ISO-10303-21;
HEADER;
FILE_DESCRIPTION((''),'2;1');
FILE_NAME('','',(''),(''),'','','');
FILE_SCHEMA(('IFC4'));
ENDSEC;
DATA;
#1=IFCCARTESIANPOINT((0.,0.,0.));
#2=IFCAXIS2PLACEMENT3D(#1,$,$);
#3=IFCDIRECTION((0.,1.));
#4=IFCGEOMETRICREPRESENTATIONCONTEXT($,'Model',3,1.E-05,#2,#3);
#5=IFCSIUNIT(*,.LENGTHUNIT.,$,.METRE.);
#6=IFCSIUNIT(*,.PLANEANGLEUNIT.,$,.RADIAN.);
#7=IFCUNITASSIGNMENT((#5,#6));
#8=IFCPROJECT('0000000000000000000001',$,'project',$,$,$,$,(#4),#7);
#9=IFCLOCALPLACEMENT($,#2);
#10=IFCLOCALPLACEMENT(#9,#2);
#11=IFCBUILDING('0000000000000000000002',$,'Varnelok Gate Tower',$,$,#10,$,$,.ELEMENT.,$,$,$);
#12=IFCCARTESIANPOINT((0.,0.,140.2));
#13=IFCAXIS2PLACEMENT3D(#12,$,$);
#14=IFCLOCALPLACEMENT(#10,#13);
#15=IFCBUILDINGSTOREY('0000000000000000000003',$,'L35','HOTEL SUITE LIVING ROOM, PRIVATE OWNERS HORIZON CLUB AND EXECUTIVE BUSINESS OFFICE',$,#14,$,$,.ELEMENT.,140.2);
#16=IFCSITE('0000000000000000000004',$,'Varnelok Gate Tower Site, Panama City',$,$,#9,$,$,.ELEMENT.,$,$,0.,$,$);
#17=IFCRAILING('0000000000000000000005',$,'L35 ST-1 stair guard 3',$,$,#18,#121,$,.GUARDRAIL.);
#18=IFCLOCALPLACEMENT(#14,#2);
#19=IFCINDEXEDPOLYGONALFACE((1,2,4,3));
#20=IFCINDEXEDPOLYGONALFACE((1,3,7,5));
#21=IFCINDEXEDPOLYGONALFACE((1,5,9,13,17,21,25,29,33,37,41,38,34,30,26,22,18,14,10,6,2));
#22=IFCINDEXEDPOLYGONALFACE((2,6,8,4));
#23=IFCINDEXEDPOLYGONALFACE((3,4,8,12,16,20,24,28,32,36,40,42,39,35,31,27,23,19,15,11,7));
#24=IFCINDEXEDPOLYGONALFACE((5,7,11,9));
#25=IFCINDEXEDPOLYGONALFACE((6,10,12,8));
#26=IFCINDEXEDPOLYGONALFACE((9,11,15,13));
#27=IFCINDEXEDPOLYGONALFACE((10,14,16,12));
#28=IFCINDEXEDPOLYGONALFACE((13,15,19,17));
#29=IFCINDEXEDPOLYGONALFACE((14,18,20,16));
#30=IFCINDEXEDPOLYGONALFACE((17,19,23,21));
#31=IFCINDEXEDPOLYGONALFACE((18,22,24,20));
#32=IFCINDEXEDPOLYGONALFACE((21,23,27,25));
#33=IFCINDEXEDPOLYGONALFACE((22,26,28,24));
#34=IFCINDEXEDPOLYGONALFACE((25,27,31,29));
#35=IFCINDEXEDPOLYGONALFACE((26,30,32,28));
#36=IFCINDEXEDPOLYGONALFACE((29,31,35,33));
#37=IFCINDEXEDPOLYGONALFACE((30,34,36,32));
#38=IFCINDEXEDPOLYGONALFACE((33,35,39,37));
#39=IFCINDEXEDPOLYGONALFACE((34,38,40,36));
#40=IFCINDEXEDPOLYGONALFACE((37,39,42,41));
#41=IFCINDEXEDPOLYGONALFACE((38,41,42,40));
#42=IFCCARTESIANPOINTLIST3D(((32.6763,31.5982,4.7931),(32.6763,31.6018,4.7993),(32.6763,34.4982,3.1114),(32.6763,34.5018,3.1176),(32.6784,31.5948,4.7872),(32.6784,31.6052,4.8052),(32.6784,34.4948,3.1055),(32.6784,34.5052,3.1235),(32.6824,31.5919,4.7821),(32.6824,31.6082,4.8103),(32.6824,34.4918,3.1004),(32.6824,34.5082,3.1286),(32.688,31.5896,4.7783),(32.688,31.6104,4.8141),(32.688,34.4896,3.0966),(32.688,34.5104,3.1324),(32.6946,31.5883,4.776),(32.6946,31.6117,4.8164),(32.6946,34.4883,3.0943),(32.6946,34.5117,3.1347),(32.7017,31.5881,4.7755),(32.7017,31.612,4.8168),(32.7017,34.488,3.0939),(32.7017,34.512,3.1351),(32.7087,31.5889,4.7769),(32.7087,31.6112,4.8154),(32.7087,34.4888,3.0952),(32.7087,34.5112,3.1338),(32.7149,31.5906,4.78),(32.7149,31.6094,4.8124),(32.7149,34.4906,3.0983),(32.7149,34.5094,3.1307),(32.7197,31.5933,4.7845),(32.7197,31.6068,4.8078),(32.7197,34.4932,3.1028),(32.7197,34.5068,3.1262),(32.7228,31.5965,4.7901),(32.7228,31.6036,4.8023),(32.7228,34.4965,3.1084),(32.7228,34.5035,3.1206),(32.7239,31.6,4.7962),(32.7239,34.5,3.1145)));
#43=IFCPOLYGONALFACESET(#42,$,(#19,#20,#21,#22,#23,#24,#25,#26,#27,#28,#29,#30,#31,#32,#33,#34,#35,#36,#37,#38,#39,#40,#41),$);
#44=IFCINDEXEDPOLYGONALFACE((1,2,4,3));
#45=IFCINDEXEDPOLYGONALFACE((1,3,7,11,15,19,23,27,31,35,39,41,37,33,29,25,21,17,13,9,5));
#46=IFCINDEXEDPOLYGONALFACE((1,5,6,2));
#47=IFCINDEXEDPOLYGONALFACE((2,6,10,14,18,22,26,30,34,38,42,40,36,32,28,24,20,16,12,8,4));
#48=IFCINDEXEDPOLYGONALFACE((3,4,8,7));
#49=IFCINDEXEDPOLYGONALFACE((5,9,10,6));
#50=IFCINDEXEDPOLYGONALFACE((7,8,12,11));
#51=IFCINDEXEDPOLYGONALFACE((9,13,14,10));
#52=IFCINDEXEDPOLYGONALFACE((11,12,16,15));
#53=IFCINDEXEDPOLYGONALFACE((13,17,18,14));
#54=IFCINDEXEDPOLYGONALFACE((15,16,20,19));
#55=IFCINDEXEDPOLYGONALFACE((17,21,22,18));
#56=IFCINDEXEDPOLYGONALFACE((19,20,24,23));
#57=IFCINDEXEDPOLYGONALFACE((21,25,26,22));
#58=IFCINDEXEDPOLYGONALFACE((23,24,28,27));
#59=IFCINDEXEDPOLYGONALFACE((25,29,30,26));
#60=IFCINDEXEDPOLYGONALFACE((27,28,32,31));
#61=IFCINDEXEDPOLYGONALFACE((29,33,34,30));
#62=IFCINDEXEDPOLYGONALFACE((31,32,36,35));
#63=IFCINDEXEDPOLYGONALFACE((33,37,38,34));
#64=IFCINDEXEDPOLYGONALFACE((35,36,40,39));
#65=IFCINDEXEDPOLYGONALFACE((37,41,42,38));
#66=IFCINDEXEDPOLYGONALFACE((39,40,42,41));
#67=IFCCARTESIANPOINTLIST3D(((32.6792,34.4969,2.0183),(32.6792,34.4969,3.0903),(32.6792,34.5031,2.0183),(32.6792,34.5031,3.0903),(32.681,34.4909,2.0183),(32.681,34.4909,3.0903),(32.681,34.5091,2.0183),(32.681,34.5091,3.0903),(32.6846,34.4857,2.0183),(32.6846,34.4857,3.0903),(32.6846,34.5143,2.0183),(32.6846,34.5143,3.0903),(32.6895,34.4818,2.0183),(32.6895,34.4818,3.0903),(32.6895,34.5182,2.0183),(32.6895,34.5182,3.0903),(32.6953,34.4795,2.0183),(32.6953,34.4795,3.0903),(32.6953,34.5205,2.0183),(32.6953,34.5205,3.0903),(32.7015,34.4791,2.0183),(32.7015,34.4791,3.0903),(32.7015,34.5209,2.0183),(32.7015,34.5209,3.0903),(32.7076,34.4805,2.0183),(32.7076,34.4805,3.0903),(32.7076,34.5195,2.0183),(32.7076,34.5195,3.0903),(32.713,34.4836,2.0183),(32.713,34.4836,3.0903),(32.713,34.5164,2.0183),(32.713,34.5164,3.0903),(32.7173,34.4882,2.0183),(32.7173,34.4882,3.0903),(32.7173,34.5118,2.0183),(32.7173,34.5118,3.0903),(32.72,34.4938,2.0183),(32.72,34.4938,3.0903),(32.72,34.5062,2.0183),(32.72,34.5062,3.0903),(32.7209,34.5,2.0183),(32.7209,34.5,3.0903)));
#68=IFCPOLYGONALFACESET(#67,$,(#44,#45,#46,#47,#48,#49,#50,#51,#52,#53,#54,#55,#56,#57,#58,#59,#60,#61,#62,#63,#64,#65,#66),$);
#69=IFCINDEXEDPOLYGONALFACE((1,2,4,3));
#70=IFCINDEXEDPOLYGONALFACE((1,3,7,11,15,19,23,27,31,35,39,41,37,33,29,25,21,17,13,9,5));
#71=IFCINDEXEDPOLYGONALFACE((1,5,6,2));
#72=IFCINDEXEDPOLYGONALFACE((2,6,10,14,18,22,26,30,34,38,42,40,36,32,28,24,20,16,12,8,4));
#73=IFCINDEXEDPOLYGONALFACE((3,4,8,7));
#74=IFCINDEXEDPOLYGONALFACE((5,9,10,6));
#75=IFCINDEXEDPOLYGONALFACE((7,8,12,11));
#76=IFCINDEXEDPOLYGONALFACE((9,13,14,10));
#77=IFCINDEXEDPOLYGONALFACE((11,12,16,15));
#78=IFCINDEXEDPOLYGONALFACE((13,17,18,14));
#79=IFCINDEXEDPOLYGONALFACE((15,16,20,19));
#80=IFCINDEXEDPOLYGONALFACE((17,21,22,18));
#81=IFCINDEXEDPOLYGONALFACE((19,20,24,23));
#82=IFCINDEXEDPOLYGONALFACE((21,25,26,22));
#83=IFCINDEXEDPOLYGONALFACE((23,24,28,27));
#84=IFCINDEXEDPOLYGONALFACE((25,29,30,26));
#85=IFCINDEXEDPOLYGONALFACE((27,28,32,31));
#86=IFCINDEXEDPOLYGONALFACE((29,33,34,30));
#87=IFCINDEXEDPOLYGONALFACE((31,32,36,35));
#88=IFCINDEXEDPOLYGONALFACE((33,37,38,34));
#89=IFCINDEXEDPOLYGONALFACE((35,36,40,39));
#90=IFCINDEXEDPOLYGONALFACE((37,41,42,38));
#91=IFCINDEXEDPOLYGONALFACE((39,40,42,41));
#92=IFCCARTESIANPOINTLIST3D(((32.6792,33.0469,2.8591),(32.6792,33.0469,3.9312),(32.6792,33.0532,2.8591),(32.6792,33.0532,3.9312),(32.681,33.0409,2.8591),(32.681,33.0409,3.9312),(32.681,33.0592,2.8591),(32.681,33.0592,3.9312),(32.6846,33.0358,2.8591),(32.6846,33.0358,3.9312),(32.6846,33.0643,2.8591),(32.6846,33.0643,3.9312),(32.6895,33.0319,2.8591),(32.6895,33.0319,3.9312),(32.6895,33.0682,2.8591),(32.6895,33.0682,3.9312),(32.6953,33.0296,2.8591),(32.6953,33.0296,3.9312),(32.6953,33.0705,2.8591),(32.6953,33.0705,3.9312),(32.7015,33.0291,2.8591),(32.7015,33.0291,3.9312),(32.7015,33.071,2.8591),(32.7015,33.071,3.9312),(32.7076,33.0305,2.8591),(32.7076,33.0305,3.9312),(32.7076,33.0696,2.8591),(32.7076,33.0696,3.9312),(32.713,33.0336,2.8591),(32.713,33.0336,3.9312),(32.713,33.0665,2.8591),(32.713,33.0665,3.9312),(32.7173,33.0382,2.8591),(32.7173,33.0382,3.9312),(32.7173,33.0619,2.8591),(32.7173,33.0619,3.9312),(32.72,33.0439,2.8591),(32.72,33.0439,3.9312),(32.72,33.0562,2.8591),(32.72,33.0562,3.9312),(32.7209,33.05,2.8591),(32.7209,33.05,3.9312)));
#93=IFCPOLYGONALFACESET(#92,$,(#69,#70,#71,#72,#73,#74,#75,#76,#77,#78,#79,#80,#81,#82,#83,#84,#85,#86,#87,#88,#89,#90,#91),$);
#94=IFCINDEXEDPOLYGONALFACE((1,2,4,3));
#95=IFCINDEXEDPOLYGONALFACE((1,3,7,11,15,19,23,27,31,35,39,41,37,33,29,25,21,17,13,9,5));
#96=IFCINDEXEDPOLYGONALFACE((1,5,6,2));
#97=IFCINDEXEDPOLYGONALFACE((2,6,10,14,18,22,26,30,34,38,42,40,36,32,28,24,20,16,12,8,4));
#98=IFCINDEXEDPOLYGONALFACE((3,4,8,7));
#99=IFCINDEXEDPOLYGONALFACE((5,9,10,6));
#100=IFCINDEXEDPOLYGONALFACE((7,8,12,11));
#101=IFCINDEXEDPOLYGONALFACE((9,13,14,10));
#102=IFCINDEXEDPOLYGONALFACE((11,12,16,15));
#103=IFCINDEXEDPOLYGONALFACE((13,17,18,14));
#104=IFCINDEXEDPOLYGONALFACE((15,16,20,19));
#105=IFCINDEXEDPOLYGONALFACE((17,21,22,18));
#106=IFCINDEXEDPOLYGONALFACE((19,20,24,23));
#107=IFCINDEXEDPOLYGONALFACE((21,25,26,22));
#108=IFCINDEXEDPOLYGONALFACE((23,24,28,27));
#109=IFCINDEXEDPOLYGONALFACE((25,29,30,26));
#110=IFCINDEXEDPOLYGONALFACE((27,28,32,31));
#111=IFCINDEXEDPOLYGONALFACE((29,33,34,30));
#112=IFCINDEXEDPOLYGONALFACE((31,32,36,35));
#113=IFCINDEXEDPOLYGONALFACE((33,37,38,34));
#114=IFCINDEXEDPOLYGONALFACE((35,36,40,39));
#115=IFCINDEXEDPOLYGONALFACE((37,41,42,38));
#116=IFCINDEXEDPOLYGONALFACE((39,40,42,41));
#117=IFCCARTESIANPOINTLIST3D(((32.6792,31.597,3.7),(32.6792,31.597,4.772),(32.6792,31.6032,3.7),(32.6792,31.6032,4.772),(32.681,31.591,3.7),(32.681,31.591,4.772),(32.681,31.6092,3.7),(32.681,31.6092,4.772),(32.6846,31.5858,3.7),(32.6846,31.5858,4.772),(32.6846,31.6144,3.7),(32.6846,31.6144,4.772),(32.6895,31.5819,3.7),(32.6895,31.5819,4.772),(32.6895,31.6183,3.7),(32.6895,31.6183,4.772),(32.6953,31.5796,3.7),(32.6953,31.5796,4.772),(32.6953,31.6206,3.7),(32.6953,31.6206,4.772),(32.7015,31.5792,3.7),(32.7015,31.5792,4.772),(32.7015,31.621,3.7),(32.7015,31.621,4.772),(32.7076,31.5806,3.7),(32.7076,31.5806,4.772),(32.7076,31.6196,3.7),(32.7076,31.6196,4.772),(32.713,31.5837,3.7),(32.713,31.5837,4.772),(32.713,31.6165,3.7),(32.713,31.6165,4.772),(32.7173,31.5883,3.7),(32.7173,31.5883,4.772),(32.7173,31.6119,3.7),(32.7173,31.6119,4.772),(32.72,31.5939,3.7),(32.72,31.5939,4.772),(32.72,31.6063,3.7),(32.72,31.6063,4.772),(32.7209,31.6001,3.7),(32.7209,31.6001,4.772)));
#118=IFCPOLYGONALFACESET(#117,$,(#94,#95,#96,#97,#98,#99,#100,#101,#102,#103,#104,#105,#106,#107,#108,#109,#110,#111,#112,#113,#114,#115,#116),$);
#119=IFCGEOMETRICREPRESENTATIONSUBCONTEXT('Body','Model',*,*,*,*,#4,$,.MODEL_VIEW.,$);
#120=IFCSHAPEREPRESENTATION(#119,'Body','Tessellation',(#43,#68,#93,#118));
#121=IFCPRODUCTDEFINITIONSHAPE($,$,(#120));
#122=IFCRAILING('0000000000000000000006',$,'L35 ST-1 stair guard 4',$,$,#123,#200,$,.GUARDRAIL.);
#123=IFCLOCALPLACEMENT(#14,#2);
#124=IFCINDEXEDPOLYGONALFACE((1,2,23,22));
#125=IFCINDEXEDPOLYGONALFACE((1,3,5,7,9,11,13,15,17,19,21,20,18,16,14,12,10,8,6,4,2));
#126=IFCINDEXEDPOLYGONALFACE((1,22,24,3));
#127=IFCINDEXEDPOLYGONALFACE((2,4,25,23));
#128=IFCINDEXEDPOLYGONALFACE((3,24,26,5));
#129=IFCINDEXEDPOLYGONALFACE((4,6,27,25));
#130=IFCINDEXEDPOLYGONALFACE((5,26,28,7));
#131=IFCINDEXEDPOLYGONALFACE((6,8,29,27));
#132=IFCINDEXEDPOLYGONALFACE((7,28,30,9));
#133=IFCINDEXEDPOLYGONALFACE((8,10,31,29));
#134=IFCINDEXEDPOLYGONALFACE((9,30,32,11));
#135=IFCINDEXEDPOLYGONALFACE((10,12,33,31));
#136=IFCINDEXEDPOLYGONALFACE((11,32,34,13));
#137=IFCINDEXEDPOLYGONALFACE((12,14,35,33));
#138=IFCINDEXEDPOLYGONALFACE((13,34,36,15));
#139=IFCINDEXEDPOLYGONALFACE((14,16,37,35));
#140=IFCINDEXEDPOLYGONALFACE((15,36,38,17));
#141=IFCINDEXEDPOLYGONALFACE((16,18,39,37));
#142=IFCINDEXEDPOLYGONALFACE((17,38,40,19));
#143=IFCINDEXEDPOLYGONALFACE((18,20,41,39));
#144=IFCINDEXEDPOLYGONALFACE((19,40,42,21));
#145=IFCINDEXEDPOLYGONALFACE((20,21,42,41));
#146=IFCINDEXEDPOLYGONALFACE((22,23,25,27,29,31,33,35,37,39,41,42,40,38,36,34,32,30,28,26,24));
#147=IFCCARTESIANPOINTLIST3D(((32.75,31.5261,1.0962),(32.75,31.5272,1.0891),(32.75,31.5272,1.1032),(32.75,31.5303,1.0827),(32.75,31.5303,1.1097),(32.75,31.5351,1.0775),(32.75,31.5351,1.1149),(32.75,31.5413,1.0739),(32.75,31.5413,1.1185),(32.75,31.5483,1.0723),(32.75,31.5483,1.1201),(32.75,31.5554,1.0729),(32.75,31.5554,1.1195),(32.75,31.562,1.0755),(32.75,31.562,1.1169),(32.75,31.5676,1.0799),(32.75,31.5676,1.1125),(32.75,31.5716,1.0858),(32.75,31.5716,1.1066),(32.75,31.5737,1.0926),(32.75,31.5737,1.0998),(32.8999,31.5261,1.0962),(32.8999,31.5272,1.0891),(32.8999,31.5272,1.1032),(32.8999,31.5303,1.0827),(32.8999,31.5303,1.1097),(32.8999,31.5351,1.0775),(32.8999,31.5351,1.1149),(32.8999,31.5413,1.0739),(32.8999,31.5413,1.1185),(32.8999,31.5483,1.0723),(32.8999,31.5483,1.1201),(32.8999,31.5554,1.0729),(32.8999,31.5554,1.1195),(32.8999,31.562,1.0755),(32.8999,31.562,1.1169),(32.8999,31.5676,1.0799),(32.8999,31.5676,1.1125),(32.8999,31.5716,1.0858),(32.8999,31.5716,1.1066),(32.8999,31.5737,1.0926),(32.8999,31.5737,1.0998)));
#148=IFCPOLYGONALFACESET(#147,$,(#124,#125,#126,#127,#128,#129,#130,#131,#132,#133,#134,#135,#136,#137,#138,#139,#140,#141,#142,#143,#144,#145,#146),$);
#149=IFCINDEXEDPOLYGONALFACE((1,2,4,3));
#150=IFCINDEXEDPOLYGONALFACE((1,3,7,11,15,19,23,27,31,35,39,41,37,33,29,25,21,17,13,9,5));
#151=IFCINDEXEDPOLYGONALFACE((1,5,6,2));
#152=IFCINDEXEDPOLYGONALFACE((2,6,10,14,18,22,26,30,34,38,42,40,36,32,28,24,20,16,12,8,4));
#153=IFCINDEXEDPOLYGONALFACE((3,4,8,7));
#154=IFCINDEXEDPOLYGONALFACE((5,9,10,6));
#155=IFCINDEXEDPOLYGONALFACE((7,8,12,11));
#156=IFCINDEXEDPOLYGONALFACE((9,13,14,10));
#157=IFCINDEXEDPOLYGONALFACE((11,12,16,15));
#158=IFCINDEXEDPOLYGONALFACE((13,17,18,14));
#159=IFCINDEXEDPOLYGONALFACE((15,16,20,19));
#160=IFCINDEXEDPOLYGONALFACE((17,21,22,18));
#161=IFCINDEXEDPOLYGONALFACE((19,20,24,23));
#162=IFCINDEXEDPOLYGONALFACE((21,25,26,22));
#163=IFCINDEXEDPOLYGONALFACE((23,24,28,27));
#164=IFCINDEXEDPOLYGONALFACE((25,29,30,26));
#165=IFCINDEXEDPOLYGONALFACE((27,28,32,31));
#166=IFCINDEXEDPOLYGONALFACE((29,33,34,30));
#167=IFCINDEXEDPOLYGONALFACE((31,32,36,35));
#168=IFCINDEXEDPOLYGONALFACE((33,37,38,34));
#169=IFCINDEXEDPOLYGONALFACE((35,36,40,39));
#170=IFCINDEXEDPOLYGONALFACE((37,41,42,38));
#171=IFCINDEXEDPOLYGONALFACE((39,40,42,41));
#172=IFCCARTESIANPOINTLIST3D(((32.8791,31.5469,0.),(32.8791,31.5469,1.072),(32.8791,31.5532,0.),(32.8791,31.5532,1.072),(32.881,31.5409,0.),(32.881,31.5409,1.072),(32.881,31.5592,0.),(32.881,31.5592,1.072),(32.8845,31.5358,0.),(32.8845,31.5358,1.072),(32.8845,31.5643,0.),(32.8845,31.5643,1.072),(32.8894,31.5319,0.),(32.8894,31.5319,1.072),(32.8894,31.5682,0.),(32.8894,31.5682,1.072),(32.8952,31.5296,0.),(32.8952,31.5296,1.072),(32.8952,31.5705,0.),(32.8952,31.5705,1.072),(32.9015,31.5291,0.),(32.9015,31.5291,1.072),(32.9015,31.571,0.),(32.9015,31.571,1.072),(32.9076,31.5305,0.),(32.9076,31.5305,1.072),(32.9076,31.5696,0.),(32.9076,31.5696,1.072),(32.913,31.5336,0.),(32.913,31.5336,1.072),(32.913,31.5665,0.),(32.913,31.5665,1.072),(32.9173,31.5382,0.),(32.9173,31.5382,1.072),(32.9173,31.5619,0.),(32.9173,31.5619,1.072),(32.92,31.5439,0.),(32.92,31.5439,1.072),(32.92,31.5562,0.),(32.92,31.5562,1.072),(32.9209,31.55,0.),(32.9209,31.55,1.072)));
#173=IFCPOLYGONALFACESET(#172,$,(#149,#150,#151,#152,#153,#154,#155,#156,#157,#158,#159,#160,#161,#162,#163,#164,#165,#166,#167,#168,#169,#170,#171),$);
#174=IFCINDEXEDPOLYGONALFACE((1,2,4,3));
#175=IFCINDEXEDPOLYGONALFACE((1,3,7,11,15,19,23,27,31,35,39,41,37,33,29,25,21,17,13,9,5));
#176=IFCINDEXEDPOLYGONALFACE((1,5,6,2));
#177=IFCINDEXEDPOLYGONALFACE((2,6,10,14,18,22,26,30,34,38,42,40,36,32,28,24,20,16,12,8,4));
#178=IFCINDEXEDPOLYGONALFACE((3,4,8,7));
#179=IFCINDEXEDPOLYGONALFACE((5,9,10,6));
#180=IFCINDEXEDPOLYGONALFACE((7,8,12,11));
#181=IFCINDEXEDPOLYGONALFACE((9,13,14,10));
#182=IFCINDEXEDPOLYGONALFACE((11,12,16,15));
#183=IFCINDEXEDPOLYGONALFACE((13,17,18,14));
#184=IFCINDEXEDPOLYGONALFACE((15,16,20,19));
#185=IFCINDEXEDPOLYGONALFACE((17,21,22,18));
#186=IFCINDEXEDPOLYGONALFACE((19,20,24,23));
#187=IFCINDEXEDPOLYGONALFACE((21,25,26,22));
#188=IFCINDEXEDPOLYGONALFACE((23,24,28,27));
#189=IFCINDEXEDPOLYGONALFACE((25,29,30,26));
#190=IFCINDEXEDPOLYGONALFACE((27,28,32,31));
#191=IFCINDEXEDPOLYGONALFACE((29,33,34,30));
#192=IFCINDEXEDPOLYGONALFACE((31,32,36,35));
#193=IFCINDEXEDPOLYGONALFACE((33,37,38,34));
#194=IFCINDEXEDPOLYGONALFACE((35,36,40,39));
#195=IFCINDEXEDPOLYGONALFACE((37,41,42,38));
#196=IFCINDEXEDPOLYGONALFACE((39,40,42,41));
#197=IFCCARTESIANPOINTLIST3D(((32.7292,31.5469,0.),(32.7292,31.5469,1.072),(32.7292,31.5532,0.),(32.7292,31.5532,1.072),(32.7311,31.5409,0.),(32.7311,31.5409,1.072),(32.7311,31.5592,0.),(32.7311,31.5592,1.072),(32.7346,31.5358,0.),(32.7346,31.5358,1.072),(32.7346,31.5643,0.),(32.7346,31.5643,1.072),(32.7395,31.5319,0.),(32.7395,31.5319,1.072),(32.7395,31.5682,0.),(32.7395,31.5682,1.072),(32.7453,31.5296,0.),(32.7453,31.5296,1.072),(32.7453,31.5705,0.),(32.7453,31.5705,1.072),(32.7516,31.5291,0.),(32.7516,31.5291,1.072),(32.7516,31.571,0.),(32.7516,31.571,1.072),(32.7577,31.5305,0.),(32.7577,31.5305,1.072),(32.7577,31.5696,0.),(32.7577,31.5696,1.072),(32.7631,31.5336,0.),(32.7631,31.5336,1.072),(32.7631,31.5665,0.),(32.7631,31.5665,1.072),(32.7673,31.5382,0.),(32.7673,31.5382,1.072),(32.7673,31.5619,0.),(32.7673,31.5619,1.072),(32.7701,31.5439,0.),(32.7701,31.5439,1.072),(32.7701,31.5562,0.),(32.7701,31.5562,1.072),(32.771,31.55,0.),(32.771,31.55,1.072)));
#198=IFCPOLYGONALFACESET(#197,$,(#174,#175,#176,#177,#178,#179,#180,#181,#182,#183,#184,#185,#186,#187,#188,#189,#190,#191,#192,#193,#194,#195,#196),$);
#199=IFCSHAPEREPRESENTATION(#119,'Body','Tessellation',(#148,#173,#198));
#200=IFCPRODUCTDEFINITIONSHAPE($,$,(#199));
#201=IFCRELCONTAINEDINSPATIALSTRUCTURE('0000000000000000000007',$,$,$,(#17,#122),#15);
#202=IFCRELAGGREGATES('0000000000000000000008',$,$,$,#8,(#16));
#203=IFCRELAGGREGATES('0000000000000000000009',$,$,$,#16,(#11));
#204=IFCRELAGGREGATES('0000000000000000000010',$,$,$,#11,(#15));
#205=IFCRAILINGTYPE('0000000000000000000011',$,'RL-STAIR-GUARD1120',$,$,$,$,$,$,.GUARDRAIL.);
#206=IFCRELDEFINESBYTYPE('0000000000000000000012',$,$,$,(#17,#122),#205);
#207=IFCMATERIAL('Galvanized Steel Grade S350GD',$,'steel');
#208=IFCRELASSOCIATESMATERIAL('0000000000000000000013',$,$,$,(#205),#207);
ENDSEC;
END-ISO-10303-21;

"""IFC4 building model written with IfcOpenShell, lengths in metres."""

from ifc_helpers import new_model, si_unit, direction, frame, origin, origin_2d, place, context, subcontext, project, spatial, circle, extrude, material, type_object, element, save


model = new_model("IFC4")

# Units and contexts
model_context = context("Model", 3, precision=1e-05, world=origin(), true_north=direction((0.0, 1.0)))
body_context = subcontext(model_context, "Body", "Model", "MODEL_VIEW")
ifc_project = project(units=[si_unit("LENGTHUNIT", "METRE"), si_unit("PLANEANGLEUNIT", "RADIAN")], contexts=[model_context])

# Site, building, storey
site_placement = place(None, origin())
site = spatial("IfcSite", under=ifc_project, at=site_placement, Name="Varnelok Gate Tower Site, Panama City", CompositionType="ELEMENT", RefElevation=0.0)
building_placement = place(site_placement, origin())
building = spatial("IfcBuilding", under=site, at=building_placement, Name="Varnelok Gate Tower", CompositionType="ELEMENT")
storey_placement = place(building_placement, frame((0.0, 0.0, 140.2)))
storey = spatial("IfcBuildingStorey", under=building, at=storey_placement, Name="L35", Description="HOTEL SUITE LIVING ROOM, PRIVATE OWNERS HORIZON CLUB AND EXECUTIVE BUSINESS OFFICE", CompositionType="ELEMENT", Elevation=140.2)

# Shared definitions
ifc_material_1 = material(Name="Galvanized Steel Grade S350GD", Category="steel")

# Railings
railing_type_1 = type_object("IfcRailingType", Name="RL-STAIR-GUARD1120", PredefinedType="GUARDRAIL", material=ifc_material_1)
railing_1_placement = place(storey_placement, frame((32.7, 34.5, 2.0183)))
element("IfcRailing", 1, at=railing_1_placement, inside=storey, type_object=railing_type_1, Name="L35 ST-1 stair guard 3", PredefinedType="GUARDRAIL", context=body_context, shape_type="SweptSolid", body=[
    extrude(circle(Radius=0.0239, at=origin_2d()), frame((0.0, 0.0, 1.0962), z_axis=(0.0, -0.86507, 0.501651), x_axis=(1.0, 0.0, 0.0)), (0.0, 0.0, 1.0), 3.3523),
    extrude(circle(Radius=0.021, at=origin_2d()), origin(), (0.0, 0.0, 1.0), 1.072),
    extrude(circle(Radius=0.021, at=origin_2d()), frame((0.0, -1.45, 0.8408)), (0.0, 0.0, 1.0), 1.072),
    extrude(circle(Radius=0.021, at=origin_2d()), frame((0.0, -2.8999, 1.6816)), (0.0, 0.0, 1.0), 1.072),
])
railing_2_placement = place(storey_placement, frame((32.8999, 31.55, 0.0)))
element("IfcRailing", 2, at=railing_2_placement, inside=storey, type_object=railing_type_1, Name="L35 ST-1 stair guard 4", PredefinedType="GUARDRAIL", context=body_context, shape_type="SweptSolid", body=[
    extrude(circle(Radius=0.0239, at=origin_2d()), frame((0.0, 0.0, 1.0962), z_axis=(-1.0, 0.0, 0.0), x_axis=(0.0, -1.0, 0.0)), (0.0, 0.0, 1.0), 0.1499),
    extrude(circle(Radius=0.021, at=origin_2d()), origin(), (0.0, 0.0, 1.0), 1.072),
    extrude(circle(Radius=0.021, at=origin_2d()), frame((-0.1499, 0.0, 0.0)), (0.0, 0.0, 1.0), 1.072),
])

save(model, "model.ifc")
